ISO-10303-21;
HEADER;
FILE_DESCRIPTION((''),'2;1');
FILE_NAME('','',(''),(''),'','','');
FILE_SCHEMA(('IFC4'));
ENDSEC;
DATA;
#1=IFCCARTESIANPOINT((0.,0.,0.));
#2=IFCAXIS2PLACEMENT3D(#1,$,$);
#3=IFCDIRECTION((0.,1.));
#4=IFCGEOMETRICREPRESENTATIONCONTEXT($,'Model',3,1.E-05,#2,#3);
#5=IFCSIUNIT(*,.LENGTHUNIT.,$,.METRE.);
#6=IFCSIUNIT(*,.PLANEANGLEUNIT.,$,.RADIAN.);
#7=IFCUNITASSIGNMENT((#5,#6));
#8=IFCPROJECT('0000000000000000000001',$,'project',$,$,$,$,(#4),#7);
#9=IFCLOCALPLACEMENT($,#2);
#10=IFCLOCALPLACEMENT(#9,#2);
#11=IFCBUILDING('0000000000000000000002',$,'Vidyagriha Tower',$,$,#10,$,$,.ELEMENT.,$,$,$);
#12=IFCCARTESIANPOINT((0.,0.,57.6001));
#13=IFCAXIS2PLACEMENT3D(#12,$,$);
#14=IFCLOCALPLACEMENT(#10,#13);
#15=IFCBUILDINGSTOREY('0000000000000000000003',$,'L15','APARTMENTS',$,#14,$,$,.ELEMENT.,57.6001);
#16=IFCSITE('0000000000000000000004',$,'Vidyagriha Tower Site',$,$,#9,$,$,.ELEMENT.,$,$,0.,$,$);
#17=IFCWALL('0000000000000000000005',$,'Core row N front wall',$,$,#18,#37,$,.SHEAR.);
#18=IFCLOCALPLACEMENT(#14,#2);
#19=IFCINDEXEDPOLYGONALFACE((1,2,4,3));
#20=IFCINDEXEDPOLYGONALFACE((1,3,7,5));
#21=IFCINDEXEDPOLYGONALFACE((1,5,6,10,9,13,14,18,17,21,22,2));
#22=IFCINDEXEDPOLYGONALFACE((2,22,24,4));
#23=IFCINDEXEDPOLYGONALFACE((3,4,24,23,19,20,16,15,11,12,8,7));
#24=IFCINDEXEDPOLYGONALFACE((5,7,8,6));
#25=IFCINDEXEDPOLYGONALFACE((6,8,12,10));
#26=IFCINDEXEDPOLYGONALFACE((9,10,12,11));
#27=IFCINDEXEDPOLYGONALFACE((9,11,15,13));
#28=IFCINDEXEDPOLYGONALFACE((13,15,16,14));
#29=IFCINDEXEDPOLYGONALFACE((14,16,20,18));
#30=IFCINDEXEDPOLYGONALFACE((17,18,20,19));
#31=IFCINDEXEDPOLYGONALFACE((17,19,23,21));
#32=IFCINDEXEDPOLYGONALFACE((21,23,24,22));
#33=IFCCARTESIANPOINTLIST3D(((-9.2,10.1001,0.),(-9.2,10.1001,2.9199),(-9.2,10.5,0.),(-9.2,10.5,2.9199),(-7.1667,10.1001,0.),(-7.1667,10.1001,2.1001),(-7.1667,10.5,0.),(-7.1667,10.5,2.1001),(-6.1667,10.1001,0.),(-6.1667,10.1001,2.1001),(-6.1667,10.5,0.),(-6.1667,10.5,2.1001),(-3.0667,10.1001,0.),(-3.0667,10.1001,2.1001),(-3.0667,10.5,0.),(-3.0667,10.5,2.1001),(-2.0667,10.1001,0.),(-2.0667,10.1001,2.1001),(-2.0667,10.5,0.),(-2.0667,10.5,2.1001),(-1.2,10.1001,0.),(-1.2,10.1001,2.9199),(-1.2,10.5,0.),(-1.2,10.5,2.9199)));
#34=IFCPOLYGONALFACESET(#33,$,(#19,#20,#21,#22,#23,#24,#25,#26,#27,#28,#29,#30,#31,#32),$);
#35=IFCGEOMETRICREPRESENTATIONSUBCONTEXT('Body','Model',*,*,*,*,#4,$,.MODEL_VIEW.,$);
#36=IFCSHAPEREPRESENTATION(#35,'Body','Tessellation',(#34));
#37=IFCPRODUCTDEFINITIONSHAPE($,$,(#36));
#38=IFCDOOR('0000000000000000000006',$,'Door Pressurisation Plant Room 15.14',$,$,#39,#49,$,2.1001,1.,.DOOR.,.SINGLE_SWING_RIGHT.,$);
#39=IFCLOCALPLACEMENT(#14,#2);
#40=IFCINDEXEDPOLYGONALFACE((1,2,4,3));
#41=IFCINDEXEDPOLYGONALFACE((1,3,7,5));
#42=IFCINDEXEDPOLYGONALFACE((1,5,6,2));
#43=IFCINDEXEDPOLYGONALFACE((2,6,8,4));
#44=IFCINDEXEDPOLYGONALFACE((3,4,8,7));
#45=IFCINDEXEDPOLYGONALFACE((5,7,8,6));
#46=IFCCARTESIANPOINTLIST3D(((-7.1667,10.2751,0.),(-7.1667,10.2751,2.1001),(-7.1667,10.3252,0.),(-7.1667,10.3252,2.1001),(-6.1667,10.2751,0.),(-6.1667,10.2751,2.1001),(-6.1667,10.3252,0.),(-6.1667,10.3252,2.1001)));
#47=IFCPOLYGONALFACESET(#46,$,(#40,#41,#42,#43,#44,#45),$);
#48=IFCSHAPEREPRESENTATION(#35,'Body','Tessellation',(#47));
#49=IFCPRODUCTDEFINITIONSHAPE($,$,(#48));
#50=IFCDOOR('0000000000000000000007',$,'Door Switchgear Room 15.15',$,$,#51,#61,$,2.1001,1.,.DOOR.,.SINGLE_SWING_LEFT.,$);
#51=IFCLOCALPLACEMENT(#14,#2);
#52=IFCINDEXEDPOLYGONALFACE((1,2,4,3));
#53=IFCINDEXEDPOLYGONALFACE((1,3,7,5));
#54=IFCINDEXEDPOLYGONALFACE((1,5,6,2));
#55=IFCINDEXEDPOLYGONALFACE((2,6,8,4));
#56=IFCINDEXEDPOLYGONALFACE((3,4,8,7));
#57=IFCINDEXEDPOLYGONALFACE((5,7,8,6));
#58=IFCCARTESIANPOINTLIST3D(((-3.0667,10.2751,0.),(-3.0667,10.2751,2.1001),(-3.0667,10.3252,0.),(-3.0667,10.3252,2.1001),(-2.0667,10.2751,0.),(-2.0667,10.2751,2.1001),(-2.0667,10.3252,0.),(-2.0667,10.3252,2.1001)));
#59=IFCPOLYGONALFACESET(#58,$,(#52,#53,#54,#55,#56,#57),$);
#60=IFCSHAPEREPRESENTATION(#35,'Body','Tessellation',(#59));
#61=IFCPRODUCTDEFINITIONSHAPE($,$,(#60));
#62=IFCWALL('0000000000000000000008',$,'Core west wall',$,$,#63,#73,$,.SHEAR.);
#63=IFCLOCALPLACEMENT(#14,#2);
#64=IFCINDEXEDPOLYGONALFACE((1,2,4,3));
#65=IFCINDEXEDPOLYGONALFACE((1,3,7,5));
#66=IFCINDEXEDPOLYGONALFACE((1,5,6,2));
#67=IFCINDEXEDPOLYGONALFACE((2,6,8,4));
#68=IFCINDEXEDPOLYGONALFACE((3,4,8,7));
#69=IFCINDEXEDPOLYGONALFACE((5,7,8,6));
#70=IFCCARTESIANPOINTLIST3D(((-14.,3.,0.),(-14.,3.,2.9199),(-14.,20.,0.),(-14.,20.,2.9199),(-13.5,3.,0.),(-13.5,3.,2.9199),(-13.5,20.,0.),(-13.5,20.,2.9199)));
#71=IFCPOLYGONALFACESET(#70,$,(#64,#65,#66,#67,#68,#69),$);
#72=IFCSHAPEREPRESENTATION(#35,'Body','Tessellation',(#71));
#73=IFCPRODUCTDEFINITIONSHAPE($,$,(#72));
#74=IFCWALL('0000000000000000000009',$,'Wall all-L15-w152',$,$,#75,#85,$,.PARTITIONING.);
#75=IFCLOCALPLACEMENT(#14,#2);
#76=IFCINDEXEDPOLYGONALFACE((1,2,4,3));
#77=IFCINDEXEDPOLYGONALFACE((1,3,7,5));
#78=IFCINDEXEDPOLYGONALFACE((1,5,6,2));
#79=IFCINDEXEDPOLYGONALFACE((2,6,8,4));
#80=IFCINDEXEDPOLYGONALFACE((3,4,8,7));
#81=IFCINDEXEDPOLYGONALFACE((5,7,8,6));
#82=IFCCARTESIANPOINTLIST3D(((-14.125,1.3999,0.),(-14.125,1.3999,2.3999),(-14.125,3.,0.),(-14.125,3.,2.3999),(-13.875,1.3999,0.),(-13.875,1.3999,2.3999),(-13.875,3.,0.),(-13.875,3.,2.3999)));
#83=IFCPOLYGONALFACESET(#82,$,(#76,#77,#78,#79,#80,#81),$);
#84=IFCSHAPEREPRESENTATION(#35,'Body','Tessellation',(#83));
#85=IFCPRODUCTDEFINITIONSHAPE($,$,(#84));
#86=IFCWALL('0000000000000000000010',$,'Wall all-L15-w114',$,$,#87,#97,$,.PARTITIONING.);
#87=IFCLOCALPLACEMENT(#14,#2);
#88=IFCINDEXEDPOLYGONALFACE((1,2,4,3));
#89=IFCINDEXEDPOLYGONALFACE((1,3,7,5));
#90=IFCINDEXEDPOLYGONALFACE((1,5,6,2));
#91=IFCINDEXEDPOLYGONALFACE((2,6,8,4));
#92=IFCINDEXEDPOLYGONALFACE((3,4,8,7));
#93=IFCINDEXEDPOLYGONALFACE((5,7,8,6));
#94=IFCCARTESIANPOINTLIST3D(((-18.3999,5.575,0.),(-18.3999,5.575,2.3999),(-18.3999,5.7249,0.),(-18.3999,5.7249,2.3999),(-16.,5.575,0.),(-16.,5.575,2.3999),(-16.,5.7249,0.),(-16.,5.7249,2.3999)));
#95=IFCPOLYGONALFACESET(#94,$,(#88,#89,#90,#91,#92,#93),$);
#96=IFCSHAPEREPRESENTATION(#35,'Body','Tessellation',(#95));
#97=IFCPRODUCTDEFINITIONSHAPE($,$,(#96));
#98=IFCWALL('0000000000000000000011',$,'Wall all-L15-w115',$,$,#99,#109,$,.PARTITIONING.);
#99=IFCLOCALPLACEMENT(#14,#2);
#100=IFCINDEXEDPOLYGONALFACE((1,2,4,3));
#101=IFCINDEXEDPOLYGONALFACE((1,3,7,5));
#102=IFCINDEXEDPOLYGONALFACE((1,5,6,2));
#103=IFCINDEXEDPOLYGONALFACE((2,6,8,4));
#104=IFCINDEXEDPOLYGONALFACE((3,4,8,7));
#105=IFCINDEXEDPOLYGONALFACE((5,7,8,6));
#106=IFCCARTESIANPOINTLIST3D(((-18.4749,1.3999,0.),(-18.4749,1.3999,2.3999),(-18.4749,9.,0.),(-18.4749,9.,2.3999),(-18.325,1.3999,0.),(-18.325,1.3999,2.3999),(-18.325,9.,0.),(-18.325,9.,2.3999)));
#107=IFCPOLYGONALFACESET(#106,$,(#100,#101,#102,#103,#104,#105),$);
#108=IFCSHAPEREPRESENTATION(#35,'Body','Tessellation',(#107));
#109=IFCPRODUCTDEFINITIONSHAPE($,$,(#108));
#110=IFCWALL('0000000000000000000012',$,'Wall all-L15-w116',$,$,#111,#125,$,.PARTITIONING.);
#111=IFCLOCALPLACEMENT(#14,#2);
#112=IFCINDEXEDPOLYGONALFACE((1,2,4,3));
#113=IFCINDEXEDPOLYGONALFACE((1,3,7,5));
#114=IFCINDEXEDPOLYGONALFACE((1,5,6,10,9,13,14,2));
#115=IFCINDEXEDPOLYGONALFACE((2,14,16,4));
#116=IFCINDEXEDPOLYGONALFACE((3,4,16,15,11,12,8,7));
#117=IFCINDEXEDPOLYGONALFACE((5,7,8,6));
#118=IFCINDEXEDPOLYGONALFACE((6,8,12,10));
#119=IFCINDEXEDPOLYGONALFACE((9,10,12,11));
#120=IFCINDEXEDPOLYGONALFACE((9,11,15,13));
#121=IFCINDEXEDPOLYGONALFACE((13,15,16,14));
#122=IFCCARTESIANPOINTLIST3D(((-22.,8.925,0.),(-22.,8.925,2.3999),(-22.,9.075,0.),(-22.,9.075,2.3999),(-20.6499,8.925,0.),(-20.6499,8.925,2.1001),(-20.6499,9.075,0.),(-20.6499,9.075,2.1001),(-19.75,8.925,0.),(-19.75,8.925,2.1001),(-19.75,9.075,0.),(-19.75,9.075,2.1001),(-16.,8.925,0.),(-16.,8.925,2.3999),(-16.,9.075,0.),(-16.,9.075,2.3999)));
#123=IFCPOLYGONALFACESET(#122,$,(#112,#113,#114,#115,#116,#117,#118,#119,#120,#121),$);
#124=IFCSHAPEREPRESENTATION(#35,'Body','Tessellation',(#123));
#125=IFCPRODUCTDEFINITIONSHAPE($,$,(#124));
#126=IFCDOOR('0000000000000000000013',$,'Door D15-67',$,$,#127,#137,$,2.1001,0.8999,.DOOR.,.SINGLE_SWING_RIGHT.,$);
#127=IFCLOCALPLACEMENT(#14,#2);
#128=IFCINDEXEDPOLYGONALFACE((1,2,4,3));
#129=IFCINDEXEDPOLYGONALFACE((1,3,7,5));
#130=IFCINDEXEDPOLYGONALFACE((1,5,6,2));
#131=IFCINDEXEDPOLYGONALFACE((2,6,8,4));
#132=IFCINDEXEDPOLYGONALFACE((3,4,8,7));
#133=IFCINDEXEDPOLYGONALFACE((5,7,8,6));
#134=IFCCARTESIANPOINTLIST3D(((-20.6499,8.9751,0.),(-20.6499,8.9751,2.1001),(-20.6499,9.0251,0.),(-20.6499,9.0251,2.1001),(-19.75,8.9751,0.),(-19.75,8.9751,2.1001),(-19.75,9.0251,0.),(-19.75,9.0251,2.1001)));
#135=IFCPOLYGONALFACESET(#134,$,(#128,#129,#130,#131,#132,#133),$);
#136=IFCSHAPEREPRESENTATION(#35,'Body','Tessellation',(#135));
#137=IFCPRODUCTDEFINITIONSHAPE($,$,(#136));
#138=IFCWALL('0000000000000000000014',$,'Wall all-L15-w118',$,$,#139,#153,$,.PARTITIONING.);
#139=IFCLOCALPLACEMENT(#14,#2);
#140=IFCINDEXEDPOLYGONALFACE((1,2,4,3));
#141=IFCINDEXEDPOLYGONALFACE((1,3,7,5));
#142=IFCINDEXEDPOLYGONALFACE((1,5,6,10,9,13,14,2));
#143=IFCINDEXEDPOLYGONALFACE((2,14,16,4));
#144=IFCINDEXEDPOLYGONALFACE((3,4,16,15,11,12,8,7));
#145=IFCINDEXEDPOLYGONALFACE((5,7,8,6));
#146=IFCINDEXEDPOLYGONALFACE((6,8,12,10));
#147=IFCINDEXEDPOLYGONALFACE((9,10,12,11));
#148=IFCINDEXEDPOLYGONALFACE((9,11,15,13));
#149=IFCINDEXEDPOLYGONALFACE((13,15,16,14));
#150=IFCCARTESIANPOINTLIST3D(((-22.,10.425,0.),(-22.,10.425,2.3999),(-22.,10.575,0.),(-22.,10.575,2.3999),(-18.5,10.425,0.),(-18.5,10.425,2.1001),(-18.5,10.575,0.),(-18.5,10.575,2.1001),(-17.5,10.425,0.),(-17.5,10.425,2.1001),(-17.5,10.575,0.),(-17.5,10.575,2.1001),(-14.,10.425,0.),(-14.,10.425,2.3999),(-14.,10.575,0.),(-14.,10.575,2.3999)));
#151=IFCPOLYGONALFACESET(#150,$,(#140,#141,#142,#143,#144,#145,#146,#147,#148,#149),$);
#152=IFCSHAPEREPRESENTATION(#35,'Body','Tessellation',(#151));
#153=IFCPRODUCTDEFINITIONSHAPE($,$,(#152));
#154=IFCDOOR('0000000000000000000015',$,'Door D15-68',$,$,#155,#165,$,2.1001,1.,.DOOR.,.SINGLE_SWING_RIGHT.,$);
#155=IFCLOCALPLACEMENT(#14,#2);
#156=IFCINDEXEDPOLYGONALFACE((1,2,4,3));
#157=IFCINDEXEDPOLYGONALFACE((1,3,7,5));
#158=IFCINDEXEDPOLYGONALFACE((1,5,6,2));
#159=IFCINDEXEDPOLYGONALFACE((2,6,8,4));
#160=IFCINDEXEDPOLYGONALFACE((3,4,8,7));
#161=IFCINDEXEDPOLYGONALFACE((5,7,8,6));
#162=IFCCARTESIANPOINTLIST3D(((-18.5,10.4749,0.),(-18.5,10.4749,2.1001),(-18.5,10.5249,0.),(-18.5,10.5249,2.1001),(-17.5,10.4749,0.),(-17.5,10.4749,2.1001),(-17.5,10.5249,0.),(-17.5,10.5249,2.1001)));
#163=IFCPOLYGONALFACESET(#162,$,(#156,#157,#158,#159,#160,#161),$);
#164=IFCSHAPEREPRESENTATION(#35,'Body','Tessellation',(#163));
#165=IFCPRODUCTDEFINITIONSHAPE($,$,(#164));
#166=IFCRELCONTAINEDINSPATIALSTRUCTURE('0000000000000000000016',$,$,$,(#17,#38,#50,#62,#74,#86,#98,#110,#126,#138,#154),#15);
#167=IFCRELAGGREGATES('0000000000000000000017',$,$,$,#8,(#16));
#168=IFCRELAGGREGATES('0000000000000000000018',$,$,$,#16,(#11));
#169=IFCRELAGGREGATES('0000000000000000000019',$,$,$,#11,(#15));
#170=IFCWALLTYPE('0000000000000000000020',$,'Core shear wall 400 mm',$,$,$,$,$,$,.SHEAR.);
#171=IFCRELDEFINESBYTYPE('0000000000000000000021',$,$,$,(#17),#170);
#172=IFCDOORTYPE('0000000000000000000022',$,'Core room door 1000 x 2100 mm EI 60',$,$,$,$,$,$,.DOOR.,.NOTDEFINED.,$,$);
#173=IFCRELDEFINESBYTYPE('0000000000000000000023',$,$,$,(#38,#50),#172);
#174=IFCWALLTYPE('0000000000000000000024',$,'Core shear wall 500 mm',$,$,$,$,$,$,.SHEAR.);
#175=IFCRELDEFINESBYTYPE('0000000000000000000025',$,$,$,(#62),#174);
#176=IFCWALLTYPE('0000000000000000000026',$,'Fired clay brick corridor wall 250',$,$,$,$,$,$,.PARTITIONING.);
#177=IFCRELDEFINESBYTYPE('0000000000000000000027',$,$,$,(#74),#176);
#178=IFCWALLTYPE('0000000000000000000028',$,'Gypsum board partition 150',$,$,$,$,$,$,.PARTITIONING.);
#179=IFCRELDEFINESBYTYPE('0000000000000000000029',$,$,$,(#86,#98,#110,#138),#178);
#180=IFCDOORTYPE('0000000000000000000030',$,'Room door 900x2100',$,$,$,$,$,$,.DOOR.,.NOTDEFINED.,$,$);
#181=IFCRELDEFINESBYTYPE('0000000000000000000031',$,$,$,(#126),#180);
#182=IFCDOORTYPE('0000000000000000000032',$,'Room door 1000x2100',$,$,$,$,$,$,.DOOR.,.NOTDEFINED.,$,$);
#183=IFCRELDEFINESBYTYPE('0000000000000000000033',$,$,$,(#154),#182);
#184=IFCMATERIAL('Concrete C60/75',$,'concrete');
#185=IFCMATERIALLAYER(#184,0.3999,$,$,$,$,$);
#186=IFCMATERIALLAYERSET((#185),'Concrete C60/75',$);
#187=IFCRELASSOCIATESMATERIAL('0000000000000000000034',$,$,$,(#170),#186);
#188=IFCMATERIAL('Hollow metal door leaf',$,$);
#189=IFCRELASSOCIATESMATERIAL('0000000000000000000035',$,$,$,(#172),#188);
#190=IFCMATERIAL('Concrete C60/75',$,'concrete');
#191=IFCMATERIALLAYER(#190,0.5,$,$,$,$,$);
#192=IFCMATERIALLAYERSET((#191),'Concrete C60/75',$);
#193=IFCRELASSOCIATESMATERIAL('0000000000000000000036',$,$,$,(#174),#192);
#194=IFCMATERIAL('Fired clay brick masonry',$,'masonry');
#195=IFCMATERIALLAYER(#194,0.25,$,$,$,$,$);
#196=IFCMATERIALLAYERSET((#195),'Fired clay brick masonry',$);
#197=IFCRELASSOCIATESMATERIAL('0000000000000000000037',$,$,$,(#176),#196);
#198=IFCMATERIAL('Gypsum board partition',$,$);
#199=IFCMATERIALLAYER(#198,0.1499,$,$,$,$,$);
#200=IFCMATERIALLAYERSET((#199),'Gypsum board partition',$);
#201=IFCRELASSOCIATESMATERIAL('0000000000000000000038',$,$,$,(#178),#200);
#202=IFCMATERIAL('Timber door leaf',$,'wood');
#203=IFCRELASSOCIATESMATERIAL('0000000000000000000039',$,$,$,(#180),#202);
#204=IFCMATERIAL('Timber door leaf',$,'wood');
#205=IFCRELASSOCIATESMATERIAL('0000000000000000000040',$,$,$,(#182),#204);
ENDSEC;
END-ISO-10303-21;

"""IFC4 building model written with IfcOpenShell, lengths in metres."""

from ifc_helpers import new_model, si_unit, direction, frame, frame_2d, origin, place, context, subcontext, project, spatial, rectangle, extrude, material, layer, layer_set, type_object, element, fill, save


model = new_model("IFC4")

# Units and contexts
model_context = context("Model", 3, precision=1e-05, world=origin(), true_north=direction((0.0, 1.0)))
body_context = subcontext(model_context, "Body", "Model", "MODEL_VIEW")
ifc_project = project(units=[si_unit("LENGTHUNIT", "METRE"), si_unit("PLANEANGLEUNIT", "RADIAN")], contexts=[model_context])

# Site, building, storey
site_placement = place(None, origin())
site = spatial("IfcSite", under=ifc_project, at=site_placement, Name="Vidyagriha Tower Site", CompositionType="ELEMENT", RefElevation=0.0)
building_placement = place(site_placement, origin())
building = spatial("IfcBuilding", under=site, at=building_placement, Name="Vidyagriha Tower", CompositionType="ELEMENT")
storey_placement = place(building_placement, frame((0.0, 0.0, 57.6001)))
storey = spatial("IfcBuildingStorey", under=building, at=storey_placement, Name="L15", Description="APARTMENTS", CompositionType="ELEMENT", Elevation=57.6001)

# Shared definitions
ifc_material_1 = material(Name="Concrete C60/75", Category="concrete")
ifc_layer_1 = layer(ifc_material_1, 0.3999)
ifc_layer_set_1 = layer_set([ifc_layer_1], Name="Concrete C60/75")
wall_type_1 = type_object("IfcWallType", Name="Core shear wall 400 mm", PredefinedType="SHEAR", material=ifc_layer_set_1)
ifc_material_2 = material(Name="Hollow metal door leaf")
door_type_1 = type_object("IfcDoorType", Name="Core room door 1000 x 2100 mm EI 60", OperationType="NOTDEFINED", PredefinedType="DOOR", material=ifc_material_2)

# Wall, openings, doors
wall_1_placement = place(storey_placement, frame((-9.2, 10.3, 0.0)))
wall_1 = element("IfcWall", 1, at=wall_1_placement, inside=storey, type_object=wall_type_1, Name="Core row N front wall", PredefinedType="SHEAR", context=body_context, shape_type="SweptSolid", body=[
    extrude(rectangle(XDim=8.0, YDim=0.3999, at=frame_2d((4.0, 0.0))), origin(), (0.0, 0.0, 1.0), 2.9199),
])
opening_1_placement = place(wall_1_placement, frame((2.0332, 0.0, 0.0)))
opening_1 = element("IfcOpeningElement", 2, at=opening_1_placement, cuts=wall_1, PredefinedType="OPENING", context=body_context, shape_type="SweptSolid", body=[
    extrude(rectangle(XDim=1.0, YDim=2.1001, at=frame_2d((0.5, 1.05))), frame((0.0, 0.21, 0.0), z_axis=(0.0, -1.0, 0.0), x_axis=(1.0, 0.0, 0.0)), (0.0, 0.0, 1.0), 0.4199),
])
opening_2_placement = place(wall_1_placement, frame((6.1333, 0.0, 0.0)))
opening_2 = element("IfcOpeningElement", 3, at=opening_2_placement, cuts=wall_1, PredefinedType="OPENING", context=body_context, shape_type="SweptSolid", body=[
    extrude(rectangle(XDim=1.0, YDim=2.1001, at=frame_2d((0.5, 1.05))), frame((0.0, 0.21, 0.0), z_axis=(0.0, -1.0, 0.0), x_axis=(1.0, 0.0, 0.0)), (0.0, 0.0, 1.0), 0.4199),
])
door_1_placement = place(opening_1_placement, frame((1.0, 0.0, 0.0), z_axis=(0.0, 0.0, 1.0), x_axis=(-1.0, 0.0, 0.0)))
door_1 = element("IfcDoor", 4, at=door_1_placement, inside=storey, type_object=door_type_1, Name="Door Pressurisation Plant Room 15.14", OperationType="SINGLE_SWING_RIGHT", OverallHeight=2.1001, OverallWidth=1.0, PredefinedType="DOOR", context=body_context, shape_type="SweptSolid", body=[
    extrude(rectangle(XDim=1.0, YDim=2.1001, at=frame_2d((0.5, 1.05))), frame((0.0, 0.0249, 0.0), z_axis=(0.0, -1.0, 0.0), x_axis=(1.0, 0.0, 0.0)), (0.0, 0.0, 1.0), 0.05),
])
fill(opening_1, door_1)
door_2_placement = place(opening_2_placement, frame((1.0, 0.0, 0.0), z_axis=(0.0, 0.0, 1.0), x_axis=(-1.0, 0.0, 0.0)))
door_2 = element("IfcDoor", 5, at=door_2_placement, inside=storey, type_object=door_type_1, Name="Door Switchgear Room 15.15", OperationType="SINGLE_SWING_LEFT", OverallHeight=2.1001, OverallWidth=1.0, PredefinedType="DOOR", context=body_context, shape_type="SweptSolid", body=[
    extrude(rectangle(XDim=1.0, YDim=2.1001, at=frame_2d((0.5, 1.05))), frame((0.0, 0.0249, 0.0), z_axis=(0.0, -1.0, 0.0), x_axis=(1.0, 0.0, 0.0)), (0.0, 0.0, 1.0), 0.05),
])
fill(opening_2, door_2)

# Walls
ifc_material_3 = material(Name="Concrete C60/75", Category="concrete")
ifc_layer_2 = layer(ifc_material_3, 0.5)
ifc_layer_set_2 = layer_set([ifc_layer_2], Name="Concrete C60/75")
wall_type_2 = type_object("IfcWallType", Name="Core shear wall 500 mm", PredefinedType="SHEAR", material=ifc_layer_set_2)
wall_2_placement = place(storey_placement, frame((-13.75, 3.0, 0.0), z_axis=(0.0, 0.0, 1.0), x_axis=(0.0, 1.0, 0.0)))
element("IfcWall", 6, at=wall_2_placement, inside=storey, type_object=wall_type_2, Name="Core west wall", PredefinedType="SHEAR", context=body_context, shape_type="SweptSolid", body=[
    extrude(rectangle(XDim=17.0, YDim=0.5, at=frame_2d((8.5, 0.0))), origin(), (0.0, 0.0, 1.0), 2.9199),
])
ifc_material_4 = material(Name="Fired clay brick masonry", Category="masonry")
ifc_layer_3 = layer(ifc_material_4, 0.25)
ifc_layer_set_3 = layer_set([ifc_layer_3], Name="Fired clay brick masonry")
wall_type_3 = type_object("IfcWallType", Name="Fired clay brick corridor wall 250", PredefinedType="PARTITIONING", material=ifc_layer_set_3)
wall_3_placement = place(storey_placement, frame((-14.0, 3.0, 0.0), z_axis=(0.0, 0.0, 1.0), x_axis=(0.0, -1.0, 0.0)))
element("IfcWall", 7, at=wall_3_placement, inside=storey, type_object=wall_type_3, Name="Wall all-L15-w152", PredefinedType="PARTITIONING", context=body_context, shape_type="SweptSolid", body=[
    extrude(rectangle(XDim=1.6001, YDim=0.25, at=frame_2d((0.8, 0.0))), origin(), (0.0, 0.0, 1.0), 2.3999),
])
ifc_material_5 = material(Name="Gypsum board partition")
ifc_layer_4 = layer(ifc_material_5, 0.1499)
ifc_layer_set_4 = layer_set([ifc_layer_4], Name="Gypsum board partition")
wall_type_4 = type_object("IfcWallType", Name="Gypsum board partition 150", PredefinedType="PARTITIONING", material=ifc_layer_set_4)
wall_4_placement = place(storey_placement, frame((-18.3999, 5.6499, 0.0)))
element("IfcWall", 8, at=wall_4_placement, inside=storey, type_object=wall_type_4, Name="Wall all-L15-w114", PredefinedType="PARTITIONING", context=body_context, shape_type="SweptSolid", body=[
    extrude(rectangle(XDim=2.3999, YDim=0.1499, at=frame_2d((1.2, 0.0))), origin(), (0.0, 0.0, 1.0), 2.3999),
])
wall_5_placement = place(storey_placement, frame((-18.3999, 1.3999, 0.0), z_axis=(0.0, 0.0, 1.0), x_axis=(0.0, 1.0, 0.0)))
element("IfcWall", 9, at=wall_5_placement, inside=storey, type_object=wall_type_4, Name="Wall all-L15-w115", PredefinedType="PARTITIONING", context=body_context, shape_type="SweptSolid", body=[
    extrude(rectangle(XDim=7.6001, YDim=0.1499, at=frame_2d((3.8, 0.0))), origin(), (0.0, 0.0, 1.0), 2.3999),
])

# Walls, openings, doors
wall_6_placement = place(storey_placement, frame((-16.0, 9.0, 0.0), z_axis=(0.0, 0.0, 1.0), x_axis=(-1.0, 0.0, 0.0)))
wall_6 = element("IfcWall", 10, at=wall_6_placement, inside=storey, type_object=wall_type_4, Name="Wall all-L15-w116", PredefinedType="PARTITIONING", context=body_context, shape_type="SweptSolid", body=[
    extrude(rectangle(XDim=6.0, YDim=0.1499, at=frame_2d((3.0, 0.0))), origin(), (0.0, 0.0, 1.0), 2.3999),
])
opening_3_placement = place(wall_6_placement, frame((3.75, 0.0, 0.0)))
opening_3 = element("IfcOpeningElement", 11, at=opening_3_placement, cuts=wall_6, PredefinedType="OPENING", context=body_context, shape_type="SweptSolid", body=[
    extrude(rectangle(XDim=0.8999, YDim=2.1001, at=frame_2d((0.45, 1.05))), frame((0.0, 0.085, 0.0), z_axis=(0.0, -1.0, 0.0), x_axis=(1.0, 0.0, 0.0)), (0.0, 0.0, 1.0), 0.1699),
])
ifc_material_6 = material(Name="Timber door leaf", Category="wood")
door_type_2 = type_object("IfcDoorType", Name="Room door 900x2100", OperationType="NOTDEFINED", PredefinedType="DOOR", material=ifc_material_6)
door_3_placement = place(opening_3_placement, origin())
door_3 = element("IfcDoor", 12, at=door_3_placement, inside=storey, type_object=door_type_2, Name="Door D15-67", OperationType="SINGLE_SWING_RIGHT", OverallHeight=2.1001, OverallWidth=0.8999, PredefinedType="DOOR", context=body_context, shape_type="SweptSolid", body=[
    extrude(rectangle(XDim=0.8999, YDim=2.1001, at=frame_2d((0.45, 1.05))), frame((0.0, 0.0249, 0.0), z_axis=(0.0, -1.0, 0.0), x_axis=(1.0, 0.0, 0.0)), (0.0, 0.0, 1.0), 0.05),
])
fill(opening_3, door_3)
wall_7_placement = place(storey_placement, frame((-22.0, 10.5, 0.0)))
wall_7 = element("IfcWall", 13, at=wall_7_placement, inside=storey, type_object=wall_type_4, Name="Wall all-L15-w118", PredefinedType="PARTITIONING", context=body_context, shape_type="SweptSolid", body=[
    extrude(rectangle(XDim=8.0, YDim=0.1499, at=frame_2d((4.0, 0.0))), origin(), (0.0, 0.0, 1.0), 2.3999),
])
opening_4_placement = place(wall_7_placement, frame((3.5, 0.0, 0.0)))
opening_4 = element("IfcOpeningElement", 14, at=opening_4_placement, cuts=wall_7, PredefinedType="OPENING", context=body_context, shape_type="SweptSolid", body=[
    extrude(rectangle(XDim=1.0, YDim=2.1001, at=frame_2d((0.5, 1.05))), frame((0.0, 0.085, 0.0), z_axis=(0.0, -1.0, 0.0), x_axis=(1.0, 0.0, 0.0)), (0.0, 0.0, 1.0), 0.1699),
])
ifc_material_7 = material(Name="Timber door leaf", Category="wood")
door_type_3 = type_object("IfcDoorType", Name="Room door 1000x2100", OperationType="NOTDEFINED", PredefinedType="DOOR", material=ifc_material_7)
door_4_placement = place(opening_4_placement, origin())
door_4 = element("IfcDoor", 15, at=door_4_placement, inside=storey, type_object=door_type_3, Name="Door D15-68", OperationType="SINGLE_SWING_RIGHT", OverallHeight=2.1001, OverallWidth=1.0, PredefinedType="DOOR", context=body_context, shape_type="SweptSolid", body=[
    extrude(rectangle(XDim=1.0, YDim=2.1001, at=frame_2d((0.5, 1.05))), frame((0.0, 0.0249, 0.0), z_axis=(0.0, -1.0, 0.0), x_axis=(1.0, 0.0, 0.0)), (0.0, 0.0, 1.0), 0.05),
])
fill(opening_4, door_4)

save(model, "model.ifc")
